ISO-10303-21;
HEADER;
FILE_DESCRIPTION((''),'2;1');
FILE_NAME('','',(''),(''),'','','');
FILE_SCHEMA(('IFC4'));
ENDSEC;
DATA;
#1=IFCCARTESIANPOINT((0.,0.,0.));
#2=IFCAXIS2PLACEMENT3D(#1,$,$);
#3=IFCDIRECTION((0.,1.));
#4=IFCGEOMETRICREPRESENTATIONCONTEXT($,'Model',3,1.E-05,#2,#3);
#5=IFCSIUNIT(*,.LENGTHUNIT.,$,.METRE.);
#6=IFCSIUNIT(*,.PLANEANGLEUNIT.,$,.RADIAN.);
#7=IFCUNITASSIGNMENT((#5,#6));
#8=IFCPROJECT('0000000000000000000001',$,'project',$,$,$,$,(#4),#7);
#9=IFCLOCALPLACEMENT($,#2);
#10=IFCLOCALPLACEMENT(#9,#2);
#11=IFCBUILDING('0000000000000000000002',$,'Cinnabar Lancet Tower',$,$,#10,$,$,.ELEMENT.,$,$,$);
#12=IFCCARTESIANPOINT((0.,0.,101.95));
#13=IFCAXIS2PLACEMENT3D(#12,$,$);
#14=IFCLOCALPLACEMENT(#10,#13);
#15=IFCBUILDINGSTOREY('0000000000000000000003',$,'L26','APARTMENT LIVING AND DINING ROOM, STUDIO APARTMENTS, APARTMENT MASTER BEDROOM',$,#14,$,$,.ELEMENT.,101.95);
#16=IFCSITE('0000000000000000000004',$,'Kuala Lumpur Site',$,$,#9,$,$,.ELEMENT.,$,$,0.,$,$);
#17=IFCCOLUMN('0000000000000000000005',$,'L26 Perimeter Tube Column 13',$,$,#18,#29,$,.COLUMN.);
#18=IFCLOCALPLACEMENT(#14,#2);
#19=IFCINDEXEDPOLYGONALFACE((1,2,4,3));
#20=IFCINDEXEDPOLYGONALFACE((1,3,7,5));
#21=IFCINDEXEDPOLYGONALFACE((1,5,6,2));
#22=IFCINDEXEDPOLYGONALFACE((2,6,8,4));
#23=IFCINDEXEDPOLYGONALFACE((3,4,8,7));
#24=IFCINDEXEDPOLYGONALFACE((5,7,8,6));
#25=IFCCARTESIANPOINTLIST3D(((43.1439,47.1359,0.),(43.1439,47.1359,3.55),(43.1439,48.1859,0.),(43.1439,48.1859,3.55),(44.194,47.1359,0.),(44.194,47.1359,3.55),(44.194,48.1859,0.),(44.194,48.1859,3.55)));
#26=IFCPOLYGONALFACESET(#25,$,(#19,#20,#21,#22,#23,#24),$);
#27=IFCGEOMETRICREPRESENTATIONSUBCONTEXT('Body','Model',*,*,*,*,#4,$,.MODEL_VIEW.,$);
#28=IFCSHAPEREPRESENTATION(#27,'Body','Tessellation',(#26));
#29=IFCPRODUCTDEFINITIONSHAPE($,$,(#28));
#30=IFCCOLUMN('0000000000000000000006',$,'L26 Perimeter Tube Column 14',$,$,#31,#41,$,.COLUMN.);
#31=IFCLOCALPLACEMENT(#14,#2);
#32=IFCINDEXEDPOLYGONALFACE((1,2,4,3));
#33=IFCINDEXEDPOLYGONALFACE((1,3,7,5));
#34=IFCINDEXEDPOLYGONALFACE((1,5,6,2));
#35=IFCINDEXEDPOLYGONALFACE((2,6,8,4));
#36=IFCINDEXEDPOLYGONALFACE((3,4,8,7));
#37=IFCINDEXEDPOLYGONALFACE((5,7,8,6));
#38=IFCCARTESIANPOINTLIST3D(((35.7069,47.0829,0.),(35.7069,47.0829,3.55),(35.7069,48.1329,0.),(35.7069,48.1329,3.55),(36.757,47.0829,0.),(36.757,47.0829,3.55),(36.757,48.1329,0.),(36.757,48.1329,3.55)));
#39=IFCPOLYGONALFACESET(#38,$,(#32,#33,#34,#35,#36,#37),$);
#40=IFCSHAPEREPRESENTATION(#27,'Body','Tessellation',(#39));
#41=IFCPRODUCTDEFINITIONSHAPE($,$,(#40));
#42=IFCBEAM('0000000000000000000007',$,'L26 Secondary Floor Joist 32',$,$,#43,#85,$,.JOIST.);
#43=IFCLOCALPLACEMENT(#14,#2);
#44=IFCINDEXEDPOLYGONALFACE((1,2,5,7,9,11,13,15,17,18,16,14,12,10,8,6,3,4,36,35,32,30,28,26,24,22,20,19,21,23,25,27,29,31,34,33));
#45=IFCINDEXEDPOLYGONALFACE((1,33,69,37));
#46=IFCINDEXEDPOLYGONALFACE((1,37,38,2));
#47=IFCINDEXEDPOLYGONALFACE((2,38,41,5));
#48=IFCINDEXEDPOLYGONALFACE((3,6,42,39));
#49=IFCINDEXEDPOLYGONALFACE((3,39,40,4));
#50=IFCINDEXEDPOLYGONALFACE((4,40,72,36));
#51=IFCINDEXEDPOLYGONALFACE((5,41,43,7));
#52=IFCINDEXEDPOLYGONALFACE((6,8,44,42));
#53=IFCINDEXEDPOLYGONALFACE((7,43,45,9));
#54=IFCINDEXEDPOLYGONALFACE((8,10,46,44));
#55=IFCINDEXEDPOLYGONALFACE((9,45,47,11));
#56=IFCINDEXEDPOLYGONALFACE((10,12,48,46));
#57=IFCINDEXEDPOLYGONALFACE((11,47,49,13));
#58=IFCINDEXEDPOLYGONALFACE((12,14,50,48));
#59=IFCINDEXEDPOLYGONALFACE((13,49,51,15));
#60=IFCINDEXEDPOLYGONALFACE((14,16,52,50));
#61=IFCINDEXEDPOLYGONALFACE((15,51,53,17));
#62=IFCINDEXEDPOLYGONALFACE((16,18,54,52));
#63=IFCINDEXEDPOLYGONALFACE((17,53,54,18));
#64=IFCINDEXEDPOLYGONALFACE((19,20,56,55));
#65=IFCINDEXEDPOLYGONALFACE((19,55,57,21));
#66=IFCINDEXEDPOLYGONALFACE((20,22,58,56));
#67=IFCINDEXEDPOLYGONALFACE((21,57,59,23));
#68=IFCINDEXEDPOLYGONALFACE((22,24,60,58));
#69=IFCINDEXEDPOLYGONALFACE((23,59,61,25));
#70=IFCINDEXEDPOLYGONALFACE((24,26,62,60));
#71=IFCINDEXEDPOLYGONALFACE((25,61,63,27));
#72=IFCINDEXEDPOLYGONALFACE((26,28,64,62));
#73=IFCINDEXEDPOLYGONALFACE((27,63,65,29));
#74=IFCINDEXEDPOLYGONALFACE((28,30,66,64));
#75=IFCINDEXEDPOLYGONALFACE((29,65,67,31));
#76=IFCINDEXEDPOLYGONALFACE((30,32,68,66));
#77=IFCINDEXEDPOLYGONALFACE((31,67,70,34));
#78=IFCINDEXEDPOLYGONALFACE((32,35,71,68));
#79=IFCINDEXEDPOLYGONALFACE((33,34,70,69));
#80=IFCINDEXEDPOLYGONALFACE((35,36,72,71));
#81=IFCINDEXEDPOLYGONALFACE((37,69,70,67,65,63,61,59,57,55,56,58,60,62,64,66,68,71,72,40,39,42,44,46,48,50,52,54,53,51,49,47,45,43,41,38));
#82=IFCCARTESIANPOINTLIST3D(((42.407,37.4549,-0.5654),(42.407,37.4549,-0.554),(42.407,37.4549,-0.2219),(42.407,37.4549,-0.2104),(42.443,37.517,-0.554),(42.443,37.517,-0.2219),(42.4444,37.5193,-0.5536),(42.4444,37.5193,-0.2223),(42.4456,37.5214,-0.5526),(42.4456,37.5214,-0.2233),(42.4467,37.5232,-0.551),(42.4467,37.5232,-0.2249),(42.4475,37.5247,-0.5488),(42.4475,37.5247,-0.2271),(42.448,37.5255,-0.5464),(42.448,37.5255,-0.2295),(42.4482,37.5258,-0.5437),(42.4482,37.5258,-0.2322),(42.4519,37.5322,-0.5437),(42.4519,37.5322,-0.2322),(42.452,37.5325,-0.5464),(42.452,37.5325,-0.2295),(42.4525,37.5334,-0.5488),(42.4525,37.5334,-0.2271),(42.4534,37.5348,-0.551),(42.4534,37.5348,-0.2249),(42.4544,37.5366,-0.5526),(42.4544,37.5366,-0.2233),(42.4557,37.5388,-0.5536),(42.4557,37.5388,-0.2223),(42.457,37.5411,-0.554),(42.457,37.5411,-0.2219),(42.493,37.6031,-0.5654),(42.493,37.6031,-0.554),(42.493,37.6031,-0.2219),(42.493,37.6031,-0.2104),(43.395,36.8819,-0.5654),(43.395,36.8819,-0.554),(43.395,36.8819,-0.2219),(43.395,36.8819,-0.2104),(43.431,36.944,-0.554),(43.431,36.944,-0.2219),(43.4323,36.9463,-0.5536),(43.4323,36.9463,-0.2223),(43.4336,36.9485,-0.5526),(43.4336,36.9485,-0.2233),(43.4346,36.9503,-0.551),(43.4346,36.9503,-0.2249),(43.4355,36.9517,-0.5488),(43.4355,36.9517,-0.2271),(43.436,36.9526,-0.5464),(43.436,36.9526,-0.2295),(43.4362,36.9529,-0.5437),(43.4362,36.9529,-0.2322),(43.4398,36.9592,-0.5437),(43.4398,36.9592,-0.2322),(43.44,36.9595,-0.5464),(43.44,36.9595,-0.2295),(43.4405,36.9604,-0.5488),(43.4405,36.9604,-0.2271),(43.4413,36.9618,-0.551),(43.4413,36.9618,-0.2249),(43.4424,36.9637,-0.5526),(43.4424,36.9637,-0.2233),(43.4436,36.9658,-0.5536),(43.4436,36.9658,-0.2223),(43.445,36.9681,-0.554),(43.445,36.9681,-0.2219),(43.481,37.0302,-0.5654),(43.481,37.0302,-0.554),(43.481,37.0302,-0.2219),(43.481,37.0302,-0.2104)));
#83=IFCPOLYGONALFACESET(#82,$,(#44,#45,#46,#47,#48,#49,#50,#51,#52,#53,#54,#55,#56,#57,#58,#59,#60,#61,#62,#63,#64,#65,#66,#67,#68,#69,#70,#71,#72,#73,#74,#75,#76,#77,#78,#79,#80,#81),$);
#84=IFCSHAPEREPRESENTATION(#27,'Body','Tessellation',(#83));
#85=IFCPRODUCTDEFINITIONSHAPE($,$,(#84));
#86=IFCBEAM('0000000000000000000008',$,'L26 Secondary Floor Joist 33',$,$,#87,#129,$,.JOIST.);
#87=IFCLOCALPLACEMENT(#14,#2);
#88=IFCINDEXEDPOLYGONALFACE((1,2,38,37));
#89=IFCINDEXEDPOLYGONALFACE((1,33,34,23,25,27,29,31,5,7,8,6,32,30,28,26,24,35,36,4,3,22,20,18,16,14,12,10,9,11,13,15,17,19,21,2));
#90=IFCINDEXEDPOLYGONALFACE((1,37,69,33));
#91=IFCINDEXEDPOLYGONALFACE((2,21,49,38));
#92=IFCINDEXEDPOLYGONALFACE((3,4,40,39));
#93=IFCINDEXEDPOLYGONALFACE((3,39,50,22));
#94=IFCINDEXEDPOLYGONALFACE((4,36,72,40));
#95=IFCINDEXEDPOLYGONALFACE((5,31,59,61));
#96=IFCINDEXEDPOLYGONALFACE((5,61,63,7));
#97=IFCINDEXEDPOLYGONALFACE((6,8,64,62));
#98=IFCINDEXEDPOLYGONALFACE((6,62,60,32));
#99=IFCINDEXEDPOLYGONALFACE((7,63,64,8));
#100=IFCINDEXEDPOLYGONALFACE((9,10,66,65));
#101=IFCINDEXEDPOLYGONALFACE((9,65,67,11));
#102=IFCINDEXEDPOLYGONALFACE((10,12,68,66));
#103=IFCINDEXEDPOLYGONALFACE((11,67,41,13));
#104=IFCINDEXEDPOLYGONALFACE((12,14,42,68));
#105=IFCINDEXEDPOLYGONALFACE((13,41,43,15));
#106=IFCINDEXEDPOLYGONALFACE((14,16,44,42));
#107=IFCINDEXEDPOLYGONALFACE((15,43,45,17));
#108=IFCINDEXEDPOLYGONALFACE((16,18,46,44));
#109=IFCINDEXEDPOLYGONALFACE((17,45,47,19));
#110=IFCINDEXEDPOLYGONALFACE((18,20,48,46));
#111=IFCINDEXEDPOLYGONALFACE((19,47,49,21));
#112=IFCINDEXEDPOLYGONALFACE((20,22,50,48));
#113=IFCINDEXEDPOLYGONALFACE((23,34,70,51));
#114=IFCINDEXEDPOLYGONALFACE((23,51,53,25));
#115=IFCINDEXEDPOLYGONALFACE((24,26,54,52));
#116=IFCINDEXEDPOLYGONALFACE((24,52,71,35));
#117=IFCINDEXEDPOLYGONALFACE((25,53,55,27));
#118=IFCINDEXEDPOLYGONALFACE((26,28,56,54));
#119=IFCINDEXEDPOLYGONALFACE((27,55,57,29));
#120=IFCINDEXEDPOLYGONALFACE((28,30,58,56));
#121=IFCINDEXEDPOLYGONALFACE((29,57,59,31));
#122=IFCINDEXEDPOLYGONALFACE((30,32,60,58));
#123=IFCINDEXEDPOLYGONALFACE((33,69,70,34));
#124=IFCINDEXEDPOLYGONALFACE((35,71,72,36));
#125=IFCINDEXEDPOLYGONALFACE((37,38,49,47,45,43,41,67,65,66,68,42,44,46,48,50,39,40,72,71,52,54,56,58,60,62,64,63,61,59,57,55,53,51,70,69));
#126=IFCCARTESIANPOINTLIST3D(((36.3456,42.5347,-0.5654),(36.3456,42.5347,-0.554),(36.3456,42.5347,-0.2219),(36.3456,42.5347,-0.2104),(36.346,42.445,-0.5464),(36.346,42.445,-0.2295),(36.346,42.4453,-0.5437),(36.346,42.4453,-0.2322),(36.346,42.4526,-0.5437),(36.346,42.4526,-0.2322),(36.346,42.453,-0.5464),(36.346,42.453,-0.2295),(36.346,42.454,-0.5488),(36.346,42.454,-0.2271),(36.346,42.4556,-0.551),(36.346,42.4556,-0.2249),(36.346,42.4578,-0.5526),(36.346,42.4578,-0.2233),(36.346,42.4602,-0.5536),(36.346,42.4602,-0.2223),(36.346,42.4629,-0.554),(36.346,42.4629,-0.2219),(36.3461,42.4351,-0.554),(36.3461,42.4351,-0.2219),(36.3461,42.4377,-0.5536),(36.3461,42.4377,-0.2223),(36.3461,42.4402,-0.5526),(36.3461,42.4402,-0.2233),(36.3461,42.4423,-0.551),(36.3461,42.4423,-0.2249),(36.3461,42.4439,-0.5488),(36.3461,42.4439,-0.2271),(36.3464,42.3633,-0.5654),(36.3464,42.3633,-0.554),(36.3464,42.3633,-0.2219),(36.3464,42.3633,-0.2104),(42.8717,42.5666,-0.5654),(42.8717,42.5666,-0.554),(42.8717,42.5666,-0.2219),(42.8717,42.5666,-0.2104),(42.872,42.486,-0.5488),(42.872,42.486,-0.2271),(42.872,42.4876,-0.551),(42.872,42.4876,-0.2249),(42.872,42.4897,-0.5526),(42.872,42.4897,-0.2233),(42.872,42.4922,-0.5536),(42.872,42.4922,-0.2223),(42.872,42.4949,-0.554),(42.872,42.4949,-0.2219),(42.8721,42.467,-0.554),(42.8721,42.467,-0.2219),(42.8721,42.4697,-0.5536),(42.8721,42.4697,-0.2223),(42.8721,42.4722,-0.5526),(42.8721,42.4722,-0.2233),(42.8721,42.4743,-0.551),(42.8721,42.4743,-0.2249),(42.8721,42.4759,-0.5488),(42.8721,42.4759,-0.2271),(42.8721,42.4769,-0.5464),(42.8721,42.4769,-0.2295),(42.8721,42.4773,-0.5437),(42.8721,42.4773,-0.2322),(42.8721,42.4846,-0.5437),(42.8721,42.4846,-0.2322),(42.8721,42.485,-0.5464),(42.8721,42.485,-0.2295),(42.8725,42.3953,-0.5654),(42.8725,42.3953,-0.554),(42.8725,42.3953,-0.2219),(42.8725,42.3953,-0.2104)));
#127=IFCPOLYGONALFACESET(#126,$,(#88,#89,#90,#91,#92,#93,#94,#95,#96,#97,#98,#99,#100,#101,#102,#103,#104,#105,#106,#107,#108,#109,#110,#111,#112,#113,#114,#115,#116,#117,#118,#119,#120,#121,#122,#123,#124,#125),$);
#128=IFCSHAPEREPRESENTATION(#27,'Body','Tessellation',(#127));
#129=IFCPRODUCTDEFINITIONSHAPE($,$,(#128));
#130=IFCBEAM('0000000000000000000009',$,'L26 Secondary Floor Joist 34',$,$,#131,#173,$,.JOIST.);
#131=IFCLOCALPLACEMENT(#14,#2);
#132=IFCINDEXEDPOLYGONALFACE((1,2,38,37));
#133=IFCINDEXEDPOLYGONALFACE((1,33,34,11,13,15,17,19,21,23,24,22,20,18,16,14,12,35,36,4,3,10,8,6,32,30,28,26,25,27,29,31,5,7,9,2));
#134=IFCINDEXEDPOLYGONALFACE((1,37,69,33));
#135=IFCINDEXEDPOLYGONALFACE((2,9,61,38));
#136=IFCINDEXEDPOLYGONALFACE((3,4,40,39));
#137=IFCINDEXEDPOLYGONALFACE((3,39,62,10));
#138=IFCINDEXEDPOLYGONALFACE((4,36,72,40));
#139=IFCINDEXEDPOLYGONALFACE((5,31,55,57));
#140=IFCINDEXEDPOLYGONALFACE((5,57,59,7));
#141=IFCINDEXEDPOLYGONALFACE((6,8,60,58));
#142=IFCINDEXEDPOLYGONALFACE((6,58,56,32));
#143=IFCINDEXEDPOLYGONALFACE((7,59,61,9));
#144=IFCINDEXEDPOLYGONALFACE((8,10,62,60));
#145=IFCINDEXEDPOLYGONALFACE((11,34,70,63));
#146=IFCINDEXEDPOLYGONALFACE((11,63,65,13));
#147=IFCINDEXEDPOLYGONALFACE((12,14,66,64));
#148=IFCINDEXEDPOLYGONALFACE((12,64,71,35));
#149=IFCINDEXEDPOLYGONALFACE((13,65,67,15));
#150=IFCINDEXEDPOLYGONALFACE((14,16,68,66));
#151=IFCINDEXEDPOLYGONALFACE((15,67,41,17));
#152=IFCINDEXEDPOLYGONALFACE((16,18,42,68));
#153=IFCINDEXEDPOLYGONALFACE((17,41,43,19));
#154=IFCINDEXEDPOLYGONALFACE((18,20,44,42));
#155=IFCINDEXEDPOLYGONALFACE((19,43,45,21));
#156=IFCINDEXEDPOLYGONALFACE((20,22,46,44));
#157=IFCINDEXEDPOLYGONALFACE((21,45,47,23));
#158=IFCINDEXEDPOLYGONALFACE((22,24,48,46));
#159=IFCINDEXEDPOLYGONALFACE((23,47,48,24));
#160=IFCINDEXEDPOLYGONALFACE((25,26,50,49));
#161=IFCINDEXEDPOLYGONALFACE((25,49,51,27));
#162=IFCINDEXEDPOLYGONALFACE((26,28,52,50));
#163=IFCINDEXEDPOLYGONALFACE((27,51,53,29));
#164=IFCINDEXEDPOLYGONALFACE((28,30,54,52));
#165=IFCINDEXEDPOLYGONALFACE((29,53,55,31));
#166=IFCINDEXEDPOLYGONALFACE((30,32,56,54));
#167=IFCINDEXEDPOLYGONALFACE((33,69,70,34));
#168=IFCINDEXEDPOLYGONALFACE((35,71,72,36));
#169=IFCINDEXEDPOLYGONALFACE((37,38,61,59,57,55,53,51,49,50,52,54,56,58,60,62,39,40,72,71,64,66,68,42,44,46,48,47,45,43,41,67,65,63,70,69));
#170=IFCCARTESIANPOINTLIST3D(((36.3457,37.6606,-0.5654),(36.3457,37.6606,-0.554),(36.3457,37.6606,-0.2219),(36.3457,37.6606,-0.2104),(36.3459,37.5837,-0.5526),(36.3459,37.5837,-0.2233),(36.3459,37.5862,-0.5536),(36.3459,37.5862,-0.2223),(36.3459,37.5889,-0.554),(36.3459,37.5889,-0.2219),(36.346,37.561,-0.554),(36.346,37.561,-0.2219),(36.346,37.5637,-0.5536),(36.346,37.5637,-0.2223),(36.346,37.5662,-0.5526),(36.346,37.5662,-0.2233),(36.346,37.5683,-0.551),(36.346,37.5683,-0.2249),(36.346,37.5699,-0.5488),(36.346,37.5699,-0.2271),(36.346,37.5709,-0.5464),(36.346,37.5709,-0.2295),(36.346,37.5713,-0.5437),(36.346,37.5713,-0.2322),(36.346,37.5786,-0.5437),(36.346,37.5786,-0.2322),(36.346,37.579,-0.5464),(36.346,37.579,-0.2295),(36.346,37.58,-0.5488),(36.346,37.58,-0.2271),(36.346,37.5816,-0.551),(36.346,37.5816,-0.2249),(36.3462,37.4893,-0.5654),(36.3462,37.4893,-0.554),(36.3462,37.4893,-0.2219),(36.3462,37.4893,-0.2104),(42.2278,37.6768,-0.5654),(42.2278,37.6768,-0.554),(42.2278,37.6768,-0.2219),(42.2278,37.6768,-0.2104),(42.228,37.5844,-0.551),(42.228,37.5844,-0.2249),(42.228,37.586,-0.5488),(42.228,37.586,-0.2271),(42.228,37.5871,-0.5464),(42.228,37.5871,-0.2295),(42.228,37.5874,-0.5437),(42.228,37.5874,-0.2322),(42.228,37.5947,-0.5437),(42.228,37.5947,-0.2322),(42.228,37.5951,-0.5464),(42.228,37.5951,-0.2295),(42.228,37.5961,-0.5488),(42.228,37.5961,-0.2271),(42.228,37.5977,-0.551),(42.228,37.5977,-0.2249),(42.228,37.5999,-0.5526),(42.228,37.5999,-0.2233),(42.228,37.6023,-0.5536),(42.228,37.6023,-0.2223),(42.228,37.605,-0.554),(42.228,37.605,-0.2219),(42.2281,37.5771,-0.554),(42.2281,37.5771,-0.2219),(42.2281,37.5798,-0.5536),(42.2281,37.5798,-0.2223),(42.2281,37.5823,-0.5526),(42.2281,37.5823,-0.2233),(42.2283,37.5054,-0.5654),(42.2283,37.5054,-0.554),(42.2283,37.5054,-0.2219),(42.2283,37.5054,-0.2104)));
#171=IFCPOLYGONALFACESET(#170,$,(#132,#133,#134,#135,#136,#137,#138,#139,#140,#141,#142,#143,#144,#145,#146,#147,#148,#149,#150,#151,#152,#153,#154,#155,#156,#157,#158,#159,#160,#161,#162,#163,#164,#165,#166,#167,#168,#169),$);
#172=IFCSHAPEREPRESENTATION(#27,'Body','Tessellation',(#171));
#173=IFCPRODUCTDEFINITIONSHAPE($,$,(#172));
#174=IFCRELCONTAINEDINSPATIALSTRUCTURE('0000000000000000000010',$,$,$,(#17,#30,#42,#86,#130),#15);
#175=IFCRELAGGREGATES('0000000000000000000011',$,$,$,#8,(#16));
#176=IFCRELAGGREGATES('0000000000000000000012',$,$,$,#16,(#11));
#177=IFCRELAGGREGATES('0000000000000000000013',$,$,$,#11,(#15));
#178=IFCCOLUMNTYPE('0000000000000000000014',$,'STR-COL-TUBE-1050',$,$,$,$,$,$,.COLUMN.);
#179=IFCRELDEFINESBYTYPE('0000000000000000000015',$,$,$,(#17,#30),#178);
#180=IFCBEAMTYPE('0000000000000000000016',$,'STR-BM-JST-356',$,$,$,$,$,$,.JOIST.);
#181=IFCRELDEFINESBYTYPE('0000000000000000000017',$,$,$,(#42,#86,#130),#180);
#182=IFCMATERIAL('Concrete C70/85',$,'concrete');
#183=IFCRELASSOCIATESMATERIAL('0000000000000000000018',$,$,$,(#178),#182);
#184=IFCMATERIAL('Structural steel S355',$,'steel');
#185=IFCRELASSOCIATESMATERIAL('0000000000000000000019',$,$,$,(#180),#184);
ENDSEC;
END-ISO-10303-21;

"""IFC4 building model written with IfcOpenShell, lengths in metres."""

from ifc_helpers import new_model, si_unit, direction, frame, origin, origin_2d, place, context, subcontext, project, spatial, rectangle, i_section, extrude, material, material_profile, profile_set, type_object, element, save


model = new_model("IFC4")

# Units and contexts
model_context = context("Model", 3, precision=1e-05, world=origin(), true_north=direction((0.0, 1.0)))
body_context = subcontext(model_context, "Body", "Model", "MODEL_VIEW")
ifc_project = project(units=[si_unit("LENGTHUNIT", "METRE"), si_unit("PLANEANGLEUNIT", "RADIAN")], contexts=[model_context])

# Site, building, storey
site_placement = place(None, origin())
site = spatial("IfcSite", under=ifc_project, at=site_placement, Name="Kuala Lumpur Site", CompositionType="ELEMENT", RefElevation=0.0)
building_placement = place(site_placement, origin())
building = spatial("IfcBuilding", under=site, at=building_placement, Name="Cinnabar Lancet Tower", CompositionType="ELEMENT")
storey_placement = place(building_placement, frame((0.0, 0.0, 101.95)))
storey = spatial("IfcBuildingStorey", under=building, at=storey_placement, Name="L26", Description="APARTMENT LIVING AND DINING ROOM, STUDIO APARTMENTS, APARTMENT MASTER BEDROOM", CompositionType="ELEMENT", Elevation=101.95)

# Columns
ifc_material_1 = material(Name="Concrete C70/85", Category="concrete")
ifc_material_profile_1 = material_profile(ifc_material_1, rectangle(XDim=1.05, YDim=1.05, at=origin_2d()), Name="RC-COL 1050x1050")
ifc_profile_set_1 = profile_set([ifc_material_profile_1], Name="Concrete C70/85")
column_type = type_object("IfcColumnType", Name="STR-COL-TUBE-1050", PredefinedType="COLUMN", material=ifc_profile_set_1)
for number, where, z_axis, x_axis, name in (
    (1, (43.6689, 47.6609, 0.0), (0.0, 0.0, 1.0), (1.0, 0.0, 0.0), "L26 Perimeter Tube Column 13"),
    (2, (36.2319, 47.6079, 0.0), (0.0, 0.0, 1.0), (1.0, 0.0, 0.0), "L26 Perimeter Tube Column 14"),
):
    element("IfcColumn", number, at=place(storey_placement, frame(where, z_axis=z_axis, x_axis=x_axis)), inside=storey, type_object=column_type, Name=name, PredefinedType="COLUMN", context=body_context, shape_type="SweptSolid", body=[
        extrude(rectangle(XDim=1.05, YDim=1.05, at=origin_2d()), origin(), (0.0, 0.0, 1.0), 3.55),
    ])

# Beams
ifc_material_2 = material(Name="Structural steel S355", Category="steel")
ifc_material_profile_2 = material_profile(ifc_material_2, i_section(OverallWidth=0.1714, OverallDepth=0.355, WebThickness=0.0073, FlangeThickness=0.0115, FilletRadius=0.0103, at=origin_2d()), Name="UKB 356x171x51")
ifc_profile_set_2 = profile_set([ifc_material_profile_2], Name="Structural steel S355")
beam_type_1 = type_object("IfcBeamType", Name="STR-BM-JST-356", PredefinedType="JOIST", material=ifc_profile_set_2)
beam_1_placement = place(storey_placement, frame((43.438, 36.9561, -0.3879), z_axis=(-0.865055, 0.501677, 0.0), x_axis=(-0.501677, -0.865055, 0.0)))
element("IfcBeam", 3, at=beam_1_placement, inside=storey, type_object=beam_type_1, Name="L26 Secondary Floor Joist 32", PredefinedType="JOIST", context=body_context, shape_type="SweptSolid", body=[
    extrude(i_section(OverallWidth=0.1714, OverallDepth=0.355, WebThickness=0.0073, FlangeThickness=0.0115, FilletRadius=0.0103, at=origin_2d()), origin(), (0.0, 0.0, 1.0), 1.1421),
])
beam_2_placement = place(storey_placement, frame((42.8721, 42.481, -0.3879), z_axis=(-0.999988, -0.004901, 0.0), x_axis=(0.004901, -0.999988, 0.0)))
element("IfcBeam", 4, at=beam_2_placement, inside=storey, type_object=beam_type_1, Name="L26 Secondary Floor Joist 33", PredefinedType="JOIST", context=body_context, shape_type="SweptSolid", body=[
    extrude(i_section(OverallWidth=0.1714, OverallDepth=0.355, WebThickness=0.0073, FlangeThickness=0.0115, FilletRadius=0.0103, at=origin_2d()), origin(), (0.0, 0.0, 1.0), 6.5261),
])
beam_3_placement = place(storey_placement, frame((42.228, 37.5911, -0.3879), z_axis=(-0.999996, -0.002739, 0.0), x_axis=(0.002739, -0.999996, 0.0)))
element("IfcBeam", 5, at=beam_3_placement, inside=storey, type_object=beam_type_1, Name="L26 Secondary Floor Joist 34", PredefinedType="JOIST", context=body_context, shape_type="SweptSolid", body=[
    extrude(i_section(OverallWidth=0.1714, OverallDepth=0.355, WebThickness=0.0073, FlangeThickness=0.0115, FilletRadius=0.0103, at=origin_2d()), origin(), (0.0, 0.0, 1.0), 5.8821),
])

save(model, "model.ifc")
